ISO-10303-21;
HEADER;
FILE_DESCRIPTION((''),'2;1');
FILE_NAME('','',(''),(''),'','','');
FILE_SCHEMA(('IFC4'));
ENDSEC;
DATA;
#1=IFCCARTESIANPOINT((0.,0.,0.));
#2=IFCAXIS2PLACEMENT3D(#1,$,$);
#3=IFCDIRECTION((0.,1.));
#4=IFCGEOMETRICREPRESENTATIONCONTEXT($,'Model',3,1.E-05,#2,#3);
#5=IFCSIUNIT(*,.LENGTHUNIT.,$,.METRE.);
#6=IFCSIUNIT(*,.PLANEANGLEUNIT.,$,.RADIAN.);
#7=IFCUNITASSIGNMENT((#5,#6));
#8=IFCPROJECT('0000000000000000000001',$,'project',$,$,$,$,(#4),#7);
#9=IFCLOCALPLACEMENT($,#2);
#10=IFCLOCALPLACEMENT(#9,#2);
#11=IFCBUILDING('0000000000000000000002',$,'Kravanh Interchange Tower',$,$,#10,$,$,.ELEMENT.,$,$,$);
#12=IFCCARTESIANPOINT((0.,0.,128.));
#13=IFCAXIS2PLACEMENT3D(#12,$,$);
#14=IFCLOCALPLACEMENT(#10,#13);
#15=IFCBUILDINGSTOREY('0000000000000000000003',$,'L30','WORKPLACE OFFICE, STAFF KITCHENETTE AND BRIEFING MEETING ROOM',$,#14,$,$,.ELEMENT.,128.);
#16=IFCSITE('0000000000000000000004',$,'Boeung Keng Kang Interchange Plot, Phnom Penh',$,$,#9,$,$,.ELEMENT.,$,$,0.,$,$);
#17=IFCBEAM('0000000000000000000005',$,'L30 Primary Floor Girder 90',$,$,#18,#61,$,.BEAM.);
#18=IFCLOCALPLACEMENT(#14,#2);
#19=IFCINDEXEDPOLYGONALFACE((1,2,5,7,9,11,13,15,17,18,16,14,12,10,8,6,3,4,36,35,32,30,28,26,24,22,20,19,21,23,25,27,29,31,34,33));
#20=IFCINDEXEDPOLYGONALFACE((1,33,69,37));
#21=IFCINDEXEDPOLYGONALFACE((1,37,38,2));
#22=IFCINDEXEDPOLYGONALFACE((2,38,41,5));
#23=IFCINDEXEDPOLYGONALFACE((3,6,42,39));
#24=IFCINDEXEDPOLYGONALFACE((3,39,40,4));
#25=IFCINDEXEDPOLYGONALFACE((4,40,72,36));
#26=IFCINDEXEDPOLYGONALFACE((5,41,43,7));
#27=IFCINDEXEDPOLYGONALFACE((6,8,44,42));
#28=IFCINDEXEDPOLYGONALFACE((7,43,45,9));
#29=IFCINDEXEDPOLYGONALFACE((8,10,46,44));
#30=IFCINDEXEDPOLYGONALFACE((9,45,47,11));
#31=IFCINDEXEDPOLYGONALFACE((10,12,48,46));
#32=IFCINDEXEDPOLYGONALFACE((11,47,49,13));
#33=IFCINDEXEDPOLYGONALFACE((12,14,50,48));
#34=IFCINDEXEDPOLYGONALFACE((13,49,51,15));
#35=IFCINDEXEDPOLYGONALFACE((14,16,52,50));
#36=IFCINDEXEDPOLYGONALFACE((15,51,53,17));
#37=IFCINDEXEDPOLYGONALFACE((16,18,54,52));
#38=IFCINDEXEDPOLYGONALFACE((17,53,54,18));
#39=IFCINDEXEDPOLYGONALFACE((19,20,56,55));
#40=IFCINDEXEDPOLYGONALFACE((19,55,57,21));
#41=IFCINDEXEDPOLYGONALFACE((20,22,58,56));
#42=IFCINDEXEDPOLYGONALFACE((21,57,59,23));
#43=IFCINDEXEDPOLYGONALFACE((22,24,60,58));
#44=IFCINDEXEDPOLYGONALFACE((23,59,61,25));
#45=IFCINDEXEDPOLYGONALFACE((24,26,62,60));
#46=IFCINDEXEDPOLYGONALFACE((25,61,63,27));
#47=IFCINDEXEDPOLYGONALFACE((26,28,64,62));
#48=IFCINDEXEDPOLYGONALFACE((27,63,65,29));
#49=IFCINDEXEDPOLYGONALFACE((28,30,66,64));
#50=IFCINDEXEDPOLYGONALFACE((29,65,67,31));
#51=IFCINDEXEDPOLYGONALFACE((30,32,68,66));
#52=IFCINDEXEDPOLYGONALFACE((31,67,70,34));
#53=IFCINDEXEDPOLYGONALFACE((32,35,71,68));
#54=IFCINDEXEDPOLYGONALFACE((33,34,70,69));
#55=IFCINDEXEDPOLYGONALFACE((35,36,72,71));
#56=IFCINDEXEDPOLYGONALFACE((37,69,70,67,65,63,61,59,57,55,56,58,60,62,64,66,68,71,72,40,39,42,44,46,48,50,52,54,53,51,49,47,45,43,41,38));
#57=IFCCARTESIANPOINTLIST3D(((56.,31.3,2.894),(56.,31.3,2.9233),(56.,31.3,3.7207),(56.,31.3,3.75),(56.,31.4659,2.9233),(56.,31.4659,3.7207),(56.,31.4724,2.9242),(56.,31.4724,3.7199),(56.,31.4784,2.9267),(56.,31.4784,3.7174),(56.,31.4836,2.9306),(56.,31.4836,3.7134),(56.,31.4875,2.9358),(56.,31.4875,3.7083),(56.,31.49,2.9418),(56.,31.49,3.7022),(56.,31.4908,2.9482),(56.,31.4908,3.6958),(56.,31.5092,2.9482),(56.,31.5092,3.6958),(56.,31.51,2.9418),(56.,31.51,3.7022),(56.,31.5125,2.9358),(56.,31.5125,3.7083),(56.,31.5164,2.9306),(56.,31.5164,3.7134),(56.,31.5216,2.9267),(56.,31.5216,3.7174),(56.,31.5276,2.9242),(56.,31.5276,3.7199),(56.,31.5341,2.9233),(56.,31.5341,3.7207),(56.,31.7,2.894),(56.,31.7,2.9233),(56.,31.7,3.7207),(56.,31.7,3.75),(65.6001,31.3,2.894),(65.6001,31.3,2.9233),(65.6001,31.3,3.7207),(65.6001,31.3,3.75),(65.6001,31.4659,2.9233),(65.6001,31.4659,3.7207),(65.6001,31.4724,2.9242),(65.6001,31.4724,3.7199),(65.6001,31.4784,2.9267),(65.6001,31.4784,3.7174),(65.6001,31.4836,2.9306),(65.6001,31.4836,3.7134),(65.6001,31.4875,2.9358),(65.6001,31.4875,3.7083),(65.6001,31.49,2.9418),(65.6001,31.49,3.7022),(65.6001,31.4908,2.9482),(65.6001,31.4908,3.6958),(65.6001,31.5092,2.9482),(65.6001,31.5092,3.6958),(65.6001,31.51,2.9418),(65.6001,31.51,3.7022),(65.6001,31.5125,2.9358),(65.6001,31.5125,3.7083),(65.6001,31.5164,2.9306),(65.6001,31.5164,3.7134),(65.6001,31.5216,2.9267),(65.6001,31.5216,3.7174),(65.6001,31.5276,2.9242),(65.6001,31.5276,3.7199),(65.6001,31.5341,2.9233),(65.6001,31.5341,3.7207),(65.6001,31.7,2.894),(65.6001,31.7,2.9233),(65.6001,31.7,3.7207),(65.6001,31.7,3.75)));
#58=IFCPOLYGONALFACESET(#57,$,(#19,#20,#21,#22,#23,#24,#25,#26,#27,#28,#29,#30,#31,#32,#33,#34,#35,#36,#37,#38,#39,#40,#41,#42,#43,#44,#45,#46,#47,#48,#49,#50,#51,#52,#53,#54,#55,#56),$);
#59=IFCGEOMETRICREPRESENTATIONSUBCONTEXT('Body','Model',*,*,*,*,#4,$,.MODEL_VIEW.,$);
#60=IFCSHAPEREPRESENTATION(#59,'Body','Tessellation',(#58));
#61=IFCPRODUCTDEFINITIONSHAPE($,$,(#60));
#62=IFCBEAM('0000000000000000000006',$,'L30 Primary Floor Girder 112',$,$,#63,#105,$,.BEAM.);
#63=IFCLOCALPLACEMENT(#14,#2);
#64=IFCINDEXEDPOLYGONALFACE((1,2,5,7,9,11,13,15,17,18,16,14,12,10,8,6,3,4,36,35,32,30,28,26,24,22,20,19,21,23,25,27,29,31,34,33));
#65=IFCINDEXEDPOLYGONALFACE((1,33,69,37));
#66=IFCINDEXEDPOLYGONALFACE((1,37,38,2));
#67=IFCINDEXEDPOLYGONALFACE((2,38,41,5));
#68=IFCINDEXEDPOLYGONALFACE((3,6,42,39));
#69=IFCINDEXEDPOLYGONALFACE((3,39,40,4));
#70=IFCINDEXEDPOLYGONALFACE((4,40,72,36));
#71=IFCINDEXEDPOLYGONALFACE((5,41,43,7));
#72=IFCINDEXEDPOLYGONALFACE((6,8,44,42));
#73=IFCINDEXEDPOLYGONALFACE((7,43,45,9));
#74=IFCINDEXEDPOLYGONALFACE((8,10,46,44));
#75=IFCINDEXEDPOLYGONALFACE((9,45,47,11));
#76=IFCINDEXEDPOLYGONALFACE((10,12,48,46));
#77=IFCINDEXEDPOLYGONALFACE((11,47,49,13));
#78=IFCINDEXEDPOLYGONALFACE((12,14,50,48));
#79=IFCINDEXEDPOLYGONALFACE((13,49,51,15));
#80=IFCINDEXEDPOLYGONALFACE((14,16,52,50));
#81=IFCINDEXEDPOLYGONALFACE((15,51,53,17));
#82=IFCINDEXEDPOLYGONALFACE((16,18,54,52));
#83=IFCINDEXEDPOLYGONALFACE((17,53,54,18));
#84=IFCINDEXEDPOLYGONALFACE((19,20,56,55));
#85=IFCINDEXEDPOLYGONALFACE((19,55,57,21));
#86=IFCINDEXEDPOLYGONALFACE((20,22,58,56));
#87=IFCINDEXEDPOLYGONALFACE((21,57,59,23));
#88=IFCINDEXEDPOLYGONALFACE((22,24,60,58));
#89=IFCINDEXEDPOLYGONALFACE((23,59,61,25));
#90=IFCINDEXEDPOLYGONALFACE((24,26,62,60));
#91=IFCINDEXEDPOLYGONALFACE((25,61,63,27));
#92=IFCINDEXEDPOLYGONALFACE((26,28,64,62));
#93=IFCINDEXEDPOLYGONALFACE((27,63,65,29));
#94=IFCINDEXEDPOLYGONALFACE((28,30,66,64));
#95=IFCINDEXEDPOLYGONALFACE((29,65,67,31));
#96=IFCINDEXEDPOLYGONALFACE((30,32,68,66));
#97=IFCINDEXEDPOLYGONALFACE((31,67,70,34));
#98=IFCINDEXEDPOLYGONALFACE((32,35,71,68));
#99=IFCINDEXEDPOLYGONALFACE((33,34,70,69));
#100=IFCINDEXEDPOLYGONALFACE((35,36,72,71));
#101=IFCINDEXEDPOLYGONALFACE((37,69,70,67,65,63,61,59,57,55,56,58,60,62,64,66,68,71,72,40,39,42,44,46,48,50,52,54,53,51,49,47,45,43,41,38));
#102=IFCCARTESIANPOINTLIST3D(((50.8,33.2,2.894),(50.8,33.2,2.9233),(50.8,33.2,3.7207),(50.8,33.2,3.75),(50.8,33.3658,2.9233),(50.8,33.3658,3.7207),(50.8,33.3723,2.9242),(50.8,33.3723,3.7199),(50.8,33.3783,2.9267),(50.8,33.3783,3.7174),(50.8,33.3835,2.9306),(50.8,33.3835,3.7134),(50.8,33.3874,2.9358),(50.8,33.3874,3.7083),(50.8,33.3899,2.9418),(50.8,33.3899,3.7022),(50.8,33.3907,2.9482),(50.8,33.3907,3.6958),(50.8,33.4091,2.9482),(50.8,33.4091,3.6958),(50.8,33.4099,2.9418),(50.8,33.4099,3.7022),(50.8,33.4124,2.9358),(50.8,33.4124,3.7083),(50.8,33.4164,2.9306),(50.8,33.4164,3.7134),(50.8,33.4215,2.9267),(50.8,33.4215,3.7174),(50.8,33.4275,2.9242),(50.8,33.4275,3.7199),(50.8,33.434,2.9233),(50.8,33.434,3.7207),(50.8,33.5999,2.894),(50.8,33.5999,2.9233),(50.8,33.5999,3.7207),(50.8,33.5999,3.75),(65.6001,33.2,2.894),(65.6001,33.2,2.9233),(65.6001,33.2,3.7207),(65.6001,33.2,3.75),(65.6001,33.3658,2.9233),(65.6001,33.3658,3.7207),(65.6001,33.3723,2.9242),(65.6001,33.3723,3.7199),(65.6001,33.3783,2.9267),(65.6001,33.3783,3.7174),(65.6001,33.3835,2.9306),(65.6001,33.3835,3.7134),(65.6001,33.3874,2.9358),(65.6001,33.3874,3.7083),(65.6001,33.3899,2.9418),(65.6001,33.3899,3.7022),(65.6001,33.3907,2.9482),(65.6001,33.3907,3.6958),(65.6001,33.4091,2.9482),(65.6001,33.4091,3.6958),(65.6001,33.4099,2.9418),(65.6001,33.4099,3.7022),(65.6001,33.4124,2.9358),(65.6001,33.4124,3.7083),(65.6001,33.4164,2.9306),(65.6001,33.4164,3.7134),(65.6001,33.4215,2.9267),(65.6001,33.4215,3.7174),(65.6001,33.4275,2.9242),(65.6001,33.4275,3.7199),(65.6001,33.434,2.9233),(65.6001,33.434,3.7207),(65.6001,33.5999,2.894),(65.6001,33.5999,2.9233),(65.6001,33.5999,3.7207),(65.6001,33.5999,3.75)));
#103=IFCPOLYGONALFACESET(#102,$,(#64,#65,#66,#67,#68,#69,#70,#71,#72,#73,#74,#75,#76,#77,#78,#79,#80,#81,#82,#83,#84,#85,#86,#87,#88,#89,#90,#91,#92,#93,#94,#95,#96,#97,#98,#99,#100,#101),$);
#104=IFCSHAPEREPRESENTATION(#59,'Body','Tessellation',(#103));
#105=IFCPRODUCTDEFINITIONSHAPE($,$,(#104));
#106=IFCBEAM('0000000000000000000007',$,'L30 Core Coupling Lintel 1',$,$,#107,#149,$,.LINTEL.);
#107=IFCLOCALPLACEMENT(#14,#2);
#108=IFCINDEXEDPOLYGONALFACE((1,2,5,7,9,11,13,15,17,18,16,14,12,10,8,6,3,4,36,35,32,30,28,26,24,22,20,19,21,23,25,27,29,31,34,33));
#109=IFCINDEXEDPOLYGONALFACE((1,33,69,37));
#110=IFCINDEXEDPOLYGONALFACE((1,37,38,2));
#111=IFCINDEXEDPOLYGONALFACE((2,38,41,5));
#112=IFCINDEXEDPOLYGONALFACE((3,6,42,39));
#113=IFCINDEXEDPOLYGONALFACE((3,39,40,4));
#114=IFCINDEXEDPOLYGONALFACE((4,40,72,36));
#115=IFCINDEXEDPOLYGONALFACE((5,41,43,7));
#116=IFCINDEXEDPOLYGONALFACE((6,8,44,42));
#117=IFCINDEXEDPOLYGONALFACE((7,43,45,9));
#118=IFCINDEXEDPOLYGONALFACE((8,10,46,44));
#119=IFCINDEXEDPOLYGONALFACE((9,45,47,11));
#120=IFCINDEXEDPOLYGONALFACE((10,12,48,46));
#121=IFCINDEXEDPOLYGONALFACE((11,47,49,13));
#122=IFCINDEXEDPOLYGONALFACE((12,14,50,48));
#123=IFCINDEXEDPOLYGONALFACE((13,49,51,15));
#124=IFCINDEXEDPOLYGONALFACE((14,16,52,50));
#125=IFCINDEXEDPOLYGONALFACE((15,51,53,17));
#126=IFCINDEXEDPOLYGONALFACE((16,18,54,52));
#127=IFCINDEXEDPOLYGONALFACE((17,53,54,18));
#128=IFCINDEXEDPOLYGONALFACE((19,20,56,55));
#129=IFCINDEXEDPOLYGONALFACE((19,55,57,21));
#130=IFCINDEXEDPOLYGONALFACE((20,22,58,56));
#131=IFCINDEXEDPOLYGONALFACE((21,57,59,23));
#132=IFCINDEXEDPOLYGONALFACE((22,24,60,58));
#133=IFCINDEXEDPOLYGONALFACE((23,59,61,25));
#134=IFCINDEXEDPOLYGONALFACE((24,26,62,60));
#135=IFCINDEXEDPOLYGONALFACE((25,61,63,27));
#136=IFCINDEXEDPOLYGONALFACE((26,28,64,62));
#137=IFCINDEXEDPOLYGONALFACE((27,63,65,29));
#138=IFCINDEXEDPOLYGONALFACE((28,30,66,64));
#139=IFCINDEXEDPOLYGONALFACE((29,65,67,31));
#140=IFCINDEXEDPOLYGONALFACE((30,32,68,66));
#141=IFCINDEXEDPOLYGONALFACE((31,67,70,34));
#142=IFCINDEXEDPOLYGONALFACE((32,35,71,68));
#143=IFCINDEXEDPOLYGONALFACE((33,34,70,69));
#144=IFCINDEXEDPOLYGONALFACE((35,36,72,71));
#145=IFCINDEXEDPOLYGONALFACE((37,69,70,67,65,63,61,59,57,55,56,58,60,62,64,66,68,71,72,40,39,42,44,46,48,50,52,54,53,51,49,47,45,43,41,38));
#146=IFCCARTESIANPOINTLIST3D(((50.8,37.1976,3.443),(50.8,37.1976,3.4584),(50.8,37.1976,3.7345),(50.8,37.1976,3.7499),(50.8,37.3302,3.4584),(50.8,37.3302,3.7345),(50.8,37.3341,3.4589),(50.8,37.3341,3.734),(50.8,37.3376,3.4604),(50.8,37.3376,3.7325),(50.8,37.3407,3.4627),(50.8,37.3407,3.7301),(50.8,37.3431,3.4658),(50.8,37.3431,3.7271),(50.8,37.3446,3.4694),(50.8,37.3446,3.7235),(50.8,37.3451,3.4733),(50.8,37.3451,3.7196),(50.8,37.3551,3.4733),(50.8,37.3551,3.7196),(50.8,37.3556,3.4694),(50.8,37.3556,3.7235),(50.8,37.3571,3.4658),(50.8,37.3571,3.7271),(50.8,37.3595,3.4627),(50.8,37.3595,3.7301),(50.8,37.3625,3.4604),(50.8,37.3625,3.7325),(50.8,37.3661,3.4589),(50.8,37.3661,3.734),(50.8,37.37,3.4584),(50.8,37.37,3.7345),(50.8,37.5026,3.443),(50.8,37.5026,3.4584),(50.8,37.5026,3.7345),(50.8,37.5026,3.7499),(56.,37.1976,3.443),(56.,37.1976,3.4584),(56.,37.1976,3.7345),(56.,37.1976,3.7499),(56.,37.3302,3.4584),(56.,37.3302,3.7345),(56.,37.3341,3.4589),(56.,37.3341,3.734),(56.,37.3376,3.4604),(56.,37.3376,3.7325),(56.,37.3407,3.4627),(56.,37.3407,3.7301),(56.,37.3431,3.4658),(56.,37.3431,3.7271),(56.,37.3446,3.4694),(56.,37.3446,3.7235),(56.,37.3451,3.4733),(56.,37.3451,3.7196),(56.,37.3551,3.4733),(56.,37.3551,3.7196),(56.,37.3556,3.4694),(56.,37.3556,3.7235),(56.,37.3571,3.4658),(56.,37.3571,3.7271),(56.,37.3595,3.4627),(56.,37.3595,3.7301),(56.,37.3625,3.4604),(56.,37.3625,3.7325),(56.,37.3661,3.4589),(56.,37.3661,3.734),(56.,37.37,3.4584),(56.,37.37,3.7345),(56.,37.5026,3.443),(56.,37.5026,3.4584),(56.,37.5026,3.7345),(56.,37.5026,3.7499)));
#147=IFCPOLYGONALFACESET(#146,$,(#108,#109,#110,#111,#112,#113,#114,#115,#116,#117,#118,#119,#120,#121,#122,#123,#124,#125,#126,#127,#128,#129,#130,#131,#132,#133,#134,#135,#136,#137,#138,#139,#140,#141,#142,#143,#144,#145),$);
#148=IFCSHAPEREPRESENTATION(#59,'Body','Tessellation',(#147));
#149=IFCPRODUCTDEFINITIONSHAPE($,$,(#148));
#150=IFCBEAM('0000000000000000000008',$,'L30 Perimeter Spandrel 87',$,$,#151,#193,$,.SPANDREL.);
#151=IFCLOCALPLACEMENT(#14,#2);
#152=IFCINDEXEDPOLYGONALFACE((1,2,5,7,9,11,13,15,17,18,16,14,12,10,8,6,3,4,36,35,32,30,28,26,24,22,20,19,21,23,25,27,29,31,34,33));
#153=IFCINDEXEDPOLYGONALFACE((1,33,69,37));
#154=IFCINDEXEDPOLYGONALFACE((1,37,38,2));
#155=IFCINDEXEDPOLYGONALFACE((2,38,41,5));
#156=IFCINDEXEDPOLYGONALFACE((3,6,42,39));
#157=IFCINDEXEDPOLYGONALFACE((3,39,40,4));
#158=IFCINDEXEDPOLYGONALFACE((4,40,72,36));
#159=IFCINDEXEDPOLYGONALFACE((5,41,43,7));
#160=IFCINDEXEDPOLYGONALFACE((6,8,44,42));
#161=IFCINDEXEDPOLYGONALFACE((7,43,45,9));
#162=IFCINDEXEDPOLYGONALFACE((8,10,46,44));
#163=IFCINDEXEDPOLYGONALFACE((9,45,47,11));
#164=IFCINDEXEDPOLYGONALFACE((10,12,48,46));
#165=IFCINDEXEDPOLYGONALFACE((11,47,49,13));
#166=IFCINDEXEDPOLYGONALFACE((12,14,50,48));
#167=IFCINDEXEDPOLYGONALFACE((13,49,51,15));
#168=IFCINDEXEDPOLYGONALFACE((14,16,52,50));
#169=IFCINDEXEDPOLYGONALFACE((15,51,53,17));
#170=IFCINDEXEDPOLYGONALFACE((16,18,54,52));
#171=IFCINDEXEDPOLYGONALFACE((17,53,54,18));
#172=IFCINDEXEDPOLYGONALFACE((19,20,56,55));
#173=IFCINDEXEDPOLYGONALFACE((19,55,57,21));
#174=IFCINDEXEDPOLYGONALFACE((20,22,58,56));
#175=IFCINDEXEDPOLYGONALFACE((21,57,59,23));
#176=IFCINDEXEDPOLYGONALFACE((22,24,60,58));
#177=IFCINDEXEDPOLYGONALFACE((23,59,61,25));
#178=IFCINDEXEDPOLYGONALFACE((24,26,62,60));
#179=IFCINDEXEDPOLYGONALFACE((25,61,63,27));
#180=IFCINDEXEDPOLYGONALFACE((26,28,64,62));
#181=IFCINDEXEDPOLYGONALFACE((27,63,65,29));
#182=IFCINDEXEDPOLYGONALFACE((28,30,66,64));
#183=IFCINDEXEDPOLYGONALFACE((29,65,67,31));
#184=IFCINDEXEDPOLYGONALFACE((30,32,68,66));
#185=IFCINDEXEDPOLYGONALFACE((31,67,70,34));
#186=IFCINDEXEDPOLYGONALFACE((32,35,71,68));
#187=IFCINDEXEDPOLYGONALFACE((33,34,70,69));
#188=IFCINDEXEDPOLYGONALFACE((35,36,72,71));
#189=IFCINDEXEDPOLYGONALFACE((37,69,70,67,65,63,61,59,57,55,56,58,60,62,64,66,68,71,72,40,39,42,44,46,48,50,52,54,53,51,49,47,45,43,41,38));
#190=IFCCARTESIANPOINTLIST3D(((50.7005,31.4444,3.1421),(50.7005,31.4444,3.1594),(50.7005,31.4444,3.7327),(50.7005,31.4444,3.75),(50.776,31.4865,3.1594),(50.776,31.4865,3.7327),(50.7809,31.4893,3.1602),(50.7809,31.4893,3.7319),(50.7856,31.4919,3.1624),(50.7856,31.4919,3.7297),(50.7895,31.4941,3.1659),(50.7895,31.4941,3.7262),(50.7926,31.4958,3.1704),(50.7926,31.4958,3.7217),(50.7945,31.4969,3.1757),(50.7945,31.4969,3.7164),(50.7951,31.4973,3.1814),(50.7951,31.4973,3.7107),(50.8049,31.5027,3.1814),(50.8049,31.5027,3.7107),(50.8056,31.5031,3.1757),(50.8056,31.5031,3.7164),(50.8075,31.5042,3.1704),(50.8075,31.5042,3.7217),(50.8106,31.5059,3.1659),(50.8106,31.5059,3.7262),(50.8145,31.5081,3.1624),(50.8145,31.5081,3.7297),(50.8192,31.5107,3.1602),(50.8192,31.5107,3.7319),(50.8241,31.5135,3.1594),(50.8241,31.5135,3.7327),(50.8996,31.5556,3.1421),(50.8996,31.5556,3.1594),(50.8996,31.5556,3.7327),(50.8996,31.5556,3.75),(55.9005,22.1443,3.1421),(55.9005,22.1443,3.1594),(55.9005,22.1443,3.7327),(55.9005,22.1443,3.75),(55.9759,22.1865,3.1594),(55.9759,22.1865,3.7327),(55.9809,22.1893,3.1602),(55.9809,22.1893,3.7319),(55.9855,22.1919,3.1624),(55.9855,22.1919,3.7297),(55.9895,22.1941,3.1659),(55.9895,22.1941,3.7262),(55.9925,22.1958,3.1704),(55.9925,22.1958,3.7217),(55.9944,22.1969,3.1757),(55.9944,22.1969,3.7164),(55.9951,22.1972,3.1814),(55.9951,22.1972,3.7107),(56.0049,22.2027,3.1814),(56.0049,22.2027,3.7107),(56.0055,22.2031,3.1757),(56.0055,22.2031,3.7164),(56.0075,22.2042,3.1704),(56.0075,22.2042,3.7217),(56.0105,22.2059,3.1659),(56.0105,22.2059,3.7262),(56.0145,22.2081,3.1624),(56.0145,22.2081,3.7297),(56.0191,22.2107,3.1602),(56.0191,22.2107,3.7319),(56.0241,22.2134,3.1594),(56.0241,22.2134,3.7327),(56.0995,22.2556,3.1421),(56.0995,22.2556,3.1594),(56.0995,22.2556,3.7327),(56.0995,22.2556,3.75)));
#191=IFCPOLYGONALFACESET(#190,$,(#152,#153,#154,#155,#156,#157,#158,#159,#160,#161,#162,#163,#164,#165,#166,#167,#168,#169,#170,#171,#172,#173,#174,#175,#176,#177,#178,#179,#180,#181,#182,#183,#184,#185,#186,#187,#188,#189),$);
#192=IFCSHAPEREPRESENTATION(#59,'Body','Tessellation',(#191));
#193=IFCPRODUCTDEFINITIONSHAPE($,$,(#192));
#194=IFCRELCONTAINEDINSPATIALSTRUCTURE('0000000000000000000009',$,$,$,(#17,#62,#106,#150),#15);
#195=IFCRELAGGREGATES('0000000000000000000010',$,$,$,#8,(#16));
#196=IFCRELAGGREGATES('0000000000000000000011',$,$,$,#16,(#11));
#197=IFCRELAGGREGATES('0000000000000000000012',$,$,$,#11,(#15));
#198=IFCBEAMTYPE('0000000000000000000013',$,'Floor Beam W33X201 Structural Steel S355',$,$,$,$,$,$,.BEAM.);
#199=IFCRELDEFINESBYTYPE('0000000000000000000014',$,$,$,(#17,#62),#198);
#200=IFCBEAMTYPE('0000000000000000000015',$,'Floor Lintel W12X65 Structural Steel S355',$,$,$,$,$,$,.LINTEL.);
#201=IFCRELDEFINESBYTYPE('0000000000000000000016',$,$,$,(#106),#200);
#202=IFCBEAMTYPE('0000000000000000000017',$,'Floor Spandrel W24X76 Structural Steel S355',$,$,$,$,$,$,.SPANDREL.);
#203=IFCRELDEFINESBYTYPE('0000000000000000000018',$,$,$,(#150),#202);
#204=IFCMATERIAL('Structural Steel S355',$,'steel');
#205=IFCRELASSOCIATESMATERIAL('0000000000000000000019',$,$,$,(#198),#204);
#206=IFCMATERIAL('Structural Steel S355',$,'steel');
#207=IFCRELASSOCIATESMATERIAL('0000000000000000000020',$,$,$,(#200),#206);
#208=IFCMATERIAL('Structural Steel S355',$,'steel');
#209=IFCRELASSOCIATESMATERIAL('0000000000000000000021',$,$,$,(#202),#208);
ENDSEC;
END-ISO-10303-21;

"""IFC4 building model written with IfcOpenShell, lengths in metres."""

from ifc_helpers import new_model, si_unit, direction, frame, origin, origin_2d, place, context, subcontext, project, spatial, i_section, extrude, material, material_profile, profile_set, type_object, element, save


model = new_model("IFC4")

# Units and contexts
model_context = context("Model", 3, precision=1e-05, world=origin(), true_north=direction((0.0, 1.0)))
body_context = subcontext(model_context, "Body", "Model", "MODEL_VIEW")
ifc_project = project(units=[si_unit("LENGTHUNIT", "METRE"), si_unit("PLANEANGLEUNIT", "RADIAN")], contexts=[model_context])

# Site, building, storey
site_placement = place(None, origin())
site = spatial("IfcSite", under=ifc_project, at=site_placement, Name="Boeung Keng Kang Interchange Plot, Phnom Penh", CompositionType="ELEMENT", RefElevation=0.0)
building_placement = place(site_placement, origin())
building = spatial("IfcBuilding", under=site, at=building_placement, Name="Kravanh Interchange Tower", CompositionType="ELEMENT")
storey_placement = place(building_placement, frame((0.0, 0.0, 128.0)))
storey = spatial("IfcBuildingStorey", under=building, at=storey_placement, Name="L30", Description="WORKPLACE OFFICE, STAFF KITCHENETTE AND BRIEFING MEETING ROOM", CompositionType="ELEMENT", Elevation=128.0)

# Beams
ifc_material_1 = material(Name="Structural Steel S355", Category="steel")
ifc_material_profile_1 = material_profile(ifc_material_1, i_section(OverallWidth=0.3999, OverallDepth=0.856, WebThickness=0.0183, FlangeThickness=0.0293, FilletRadius=0.0249, at=origin_2d()), Name="W33X201")
ifc_profile_set_1 = profile_set([ifc_material_profile_1], Name="Structural Steel S355")
beam_type_1 = type_object("IfcBeamType", Name="Floor Beam W33X201 Structural Steel S355", PredefinedType="BEAM", material=ifc_profile_set_1)
beam_1_placement = place(storey_placement, frame((56.0, 31.5, 3.322), z_axis=(1.0, 0.0, 0.0), x_axis=(0.0, 1.0, 0.0)))
element("IfcBeam", 1, at=beam_1_placement, inside=storey, type_object=beam_type_1, Name="L30 Primary Floor Girder 90", PredefinedType="BEAM", context=body_context, shape_type="SweptSolid", body=[
    extrude(i_section(OverallWidth=0.3999, OverallDepth=0.856, WebThickness=0.0183, FlangeThickness=0.0293, FilletRadius=0.0249, at=origin_2d()), origin(), (0.0, 0.0, 1.0), 9.6001),
])
beam_2_placement = place(storey_placement, frame((50.8, 33.3999, 3.322), z_axis=(1.0, 0.0, 0.0), x_axis=(0.0, 1.0, 0.0)))
element("IfcBeam", 2, at=beam_2_placement, inside=storey, type_object=beam_type_1, Name="L30 Primary Floor Girder 112", PredefinedType="BEAM", context=body_context, shape_type="SweptSolid", body=[
    extrude(i_section(OverallWidth=0.3999, OverallDepth=0.856, WebThickness=0.0183, FlangeThickness=0.0293, FilletRadius=0.0249, at=origin_2d()), origin(), (0.0, 0.0, 1.0), 14.8),
])
ifc_material_2 = material(Name="Structural Steel S355", Category="steel")
ifc_material_profile_2 = material_profile(ifc_material_2, i_section(OverallWidth=0.3049, OverallDepth=0.3069, WebThickness=0.01, FlangeThickness=0.0154, FilletRadius=0.0149, at=origin_2d()), Name="W12X65")
ifc_profile_set_2 = profile_set([ifc_material_profile_2], Name="Structural Steel S355")
beam_type_2 = type_object("IfcBeamType", Name="Floor Lintel W12X65 Structural Steel S355", PredefinedType="LINTEL", material=ifc_profile_set_2)
beam_3_placement = place(storey_placement, frame((50.8, 37.3501, 3.5964), z_axis=(1.0, 0.0, 0.0), x_axis=(0.0, 1.0, 0.0)))
element("IfcBeam", 3, at=beam_3_placement, inside=storey, type_object=beam_type_2, Name="L30 Core Coupling Lintel 1", PredefinedType="LINTEL", context=body_context, shape_type="SweptSolid", body=[
    extrude(i_section(OverallWidth=0.3049, OverallDepth=0.3069, WebThickness=0.01, FlangeThickness=0.0154, FilletRadius=0.0149, at=origin_2d()), origin(), (0.0, 0.0, 1.0), 5.2),
])
ifc_material_3 = material(Name="Structural Steel S355", Category="steel")
ifc_material_profile_3 = material_profile(ifc_material_3, i_section(OverallWidth=0.228, OverallDepth=0.6079, WebThickness=0.0112, FlangeThickness=0.0173, FilletRadius=0.022, at=origin_2d()), Name="W24X76")
ifc_profile_set_3 = profile_set([ifc_material_profile_3], Name="Structural Steel S355")
beam_type_3 = type_object("IfcBeamType", Name="Floor Spandrel W24X76 Structural Steel S355", PredefinedType="SPANDREL", material=ifc_profile_set_3)
beam_4_placement = place(storey_placement, frame((50.8, 31.5, 3.446), z_axis=(0.488026, -0.872829, 0.0), x_axis=(0.872829, 0.488026, 0.0)))
element("IfcBeam", 4, at=beam_4_placement, inside=storey, type_object=beam_type_3, Name="L30 Perimeter Spandrel 87", PredefinedType="SPANDREL", context=body_context, shape_type="SweptSolid", body=[
    extrude(i_section(OverallWidth=0.228, OverallDepth=0.6079, WebThickness=0.0112, FlangeThickness=0.0173, FilletRadius=0.022, at=origin_2d()), origin(), (0.0, 0.0, 1.0), 10.655),
])

save(model, "model.ifc")
